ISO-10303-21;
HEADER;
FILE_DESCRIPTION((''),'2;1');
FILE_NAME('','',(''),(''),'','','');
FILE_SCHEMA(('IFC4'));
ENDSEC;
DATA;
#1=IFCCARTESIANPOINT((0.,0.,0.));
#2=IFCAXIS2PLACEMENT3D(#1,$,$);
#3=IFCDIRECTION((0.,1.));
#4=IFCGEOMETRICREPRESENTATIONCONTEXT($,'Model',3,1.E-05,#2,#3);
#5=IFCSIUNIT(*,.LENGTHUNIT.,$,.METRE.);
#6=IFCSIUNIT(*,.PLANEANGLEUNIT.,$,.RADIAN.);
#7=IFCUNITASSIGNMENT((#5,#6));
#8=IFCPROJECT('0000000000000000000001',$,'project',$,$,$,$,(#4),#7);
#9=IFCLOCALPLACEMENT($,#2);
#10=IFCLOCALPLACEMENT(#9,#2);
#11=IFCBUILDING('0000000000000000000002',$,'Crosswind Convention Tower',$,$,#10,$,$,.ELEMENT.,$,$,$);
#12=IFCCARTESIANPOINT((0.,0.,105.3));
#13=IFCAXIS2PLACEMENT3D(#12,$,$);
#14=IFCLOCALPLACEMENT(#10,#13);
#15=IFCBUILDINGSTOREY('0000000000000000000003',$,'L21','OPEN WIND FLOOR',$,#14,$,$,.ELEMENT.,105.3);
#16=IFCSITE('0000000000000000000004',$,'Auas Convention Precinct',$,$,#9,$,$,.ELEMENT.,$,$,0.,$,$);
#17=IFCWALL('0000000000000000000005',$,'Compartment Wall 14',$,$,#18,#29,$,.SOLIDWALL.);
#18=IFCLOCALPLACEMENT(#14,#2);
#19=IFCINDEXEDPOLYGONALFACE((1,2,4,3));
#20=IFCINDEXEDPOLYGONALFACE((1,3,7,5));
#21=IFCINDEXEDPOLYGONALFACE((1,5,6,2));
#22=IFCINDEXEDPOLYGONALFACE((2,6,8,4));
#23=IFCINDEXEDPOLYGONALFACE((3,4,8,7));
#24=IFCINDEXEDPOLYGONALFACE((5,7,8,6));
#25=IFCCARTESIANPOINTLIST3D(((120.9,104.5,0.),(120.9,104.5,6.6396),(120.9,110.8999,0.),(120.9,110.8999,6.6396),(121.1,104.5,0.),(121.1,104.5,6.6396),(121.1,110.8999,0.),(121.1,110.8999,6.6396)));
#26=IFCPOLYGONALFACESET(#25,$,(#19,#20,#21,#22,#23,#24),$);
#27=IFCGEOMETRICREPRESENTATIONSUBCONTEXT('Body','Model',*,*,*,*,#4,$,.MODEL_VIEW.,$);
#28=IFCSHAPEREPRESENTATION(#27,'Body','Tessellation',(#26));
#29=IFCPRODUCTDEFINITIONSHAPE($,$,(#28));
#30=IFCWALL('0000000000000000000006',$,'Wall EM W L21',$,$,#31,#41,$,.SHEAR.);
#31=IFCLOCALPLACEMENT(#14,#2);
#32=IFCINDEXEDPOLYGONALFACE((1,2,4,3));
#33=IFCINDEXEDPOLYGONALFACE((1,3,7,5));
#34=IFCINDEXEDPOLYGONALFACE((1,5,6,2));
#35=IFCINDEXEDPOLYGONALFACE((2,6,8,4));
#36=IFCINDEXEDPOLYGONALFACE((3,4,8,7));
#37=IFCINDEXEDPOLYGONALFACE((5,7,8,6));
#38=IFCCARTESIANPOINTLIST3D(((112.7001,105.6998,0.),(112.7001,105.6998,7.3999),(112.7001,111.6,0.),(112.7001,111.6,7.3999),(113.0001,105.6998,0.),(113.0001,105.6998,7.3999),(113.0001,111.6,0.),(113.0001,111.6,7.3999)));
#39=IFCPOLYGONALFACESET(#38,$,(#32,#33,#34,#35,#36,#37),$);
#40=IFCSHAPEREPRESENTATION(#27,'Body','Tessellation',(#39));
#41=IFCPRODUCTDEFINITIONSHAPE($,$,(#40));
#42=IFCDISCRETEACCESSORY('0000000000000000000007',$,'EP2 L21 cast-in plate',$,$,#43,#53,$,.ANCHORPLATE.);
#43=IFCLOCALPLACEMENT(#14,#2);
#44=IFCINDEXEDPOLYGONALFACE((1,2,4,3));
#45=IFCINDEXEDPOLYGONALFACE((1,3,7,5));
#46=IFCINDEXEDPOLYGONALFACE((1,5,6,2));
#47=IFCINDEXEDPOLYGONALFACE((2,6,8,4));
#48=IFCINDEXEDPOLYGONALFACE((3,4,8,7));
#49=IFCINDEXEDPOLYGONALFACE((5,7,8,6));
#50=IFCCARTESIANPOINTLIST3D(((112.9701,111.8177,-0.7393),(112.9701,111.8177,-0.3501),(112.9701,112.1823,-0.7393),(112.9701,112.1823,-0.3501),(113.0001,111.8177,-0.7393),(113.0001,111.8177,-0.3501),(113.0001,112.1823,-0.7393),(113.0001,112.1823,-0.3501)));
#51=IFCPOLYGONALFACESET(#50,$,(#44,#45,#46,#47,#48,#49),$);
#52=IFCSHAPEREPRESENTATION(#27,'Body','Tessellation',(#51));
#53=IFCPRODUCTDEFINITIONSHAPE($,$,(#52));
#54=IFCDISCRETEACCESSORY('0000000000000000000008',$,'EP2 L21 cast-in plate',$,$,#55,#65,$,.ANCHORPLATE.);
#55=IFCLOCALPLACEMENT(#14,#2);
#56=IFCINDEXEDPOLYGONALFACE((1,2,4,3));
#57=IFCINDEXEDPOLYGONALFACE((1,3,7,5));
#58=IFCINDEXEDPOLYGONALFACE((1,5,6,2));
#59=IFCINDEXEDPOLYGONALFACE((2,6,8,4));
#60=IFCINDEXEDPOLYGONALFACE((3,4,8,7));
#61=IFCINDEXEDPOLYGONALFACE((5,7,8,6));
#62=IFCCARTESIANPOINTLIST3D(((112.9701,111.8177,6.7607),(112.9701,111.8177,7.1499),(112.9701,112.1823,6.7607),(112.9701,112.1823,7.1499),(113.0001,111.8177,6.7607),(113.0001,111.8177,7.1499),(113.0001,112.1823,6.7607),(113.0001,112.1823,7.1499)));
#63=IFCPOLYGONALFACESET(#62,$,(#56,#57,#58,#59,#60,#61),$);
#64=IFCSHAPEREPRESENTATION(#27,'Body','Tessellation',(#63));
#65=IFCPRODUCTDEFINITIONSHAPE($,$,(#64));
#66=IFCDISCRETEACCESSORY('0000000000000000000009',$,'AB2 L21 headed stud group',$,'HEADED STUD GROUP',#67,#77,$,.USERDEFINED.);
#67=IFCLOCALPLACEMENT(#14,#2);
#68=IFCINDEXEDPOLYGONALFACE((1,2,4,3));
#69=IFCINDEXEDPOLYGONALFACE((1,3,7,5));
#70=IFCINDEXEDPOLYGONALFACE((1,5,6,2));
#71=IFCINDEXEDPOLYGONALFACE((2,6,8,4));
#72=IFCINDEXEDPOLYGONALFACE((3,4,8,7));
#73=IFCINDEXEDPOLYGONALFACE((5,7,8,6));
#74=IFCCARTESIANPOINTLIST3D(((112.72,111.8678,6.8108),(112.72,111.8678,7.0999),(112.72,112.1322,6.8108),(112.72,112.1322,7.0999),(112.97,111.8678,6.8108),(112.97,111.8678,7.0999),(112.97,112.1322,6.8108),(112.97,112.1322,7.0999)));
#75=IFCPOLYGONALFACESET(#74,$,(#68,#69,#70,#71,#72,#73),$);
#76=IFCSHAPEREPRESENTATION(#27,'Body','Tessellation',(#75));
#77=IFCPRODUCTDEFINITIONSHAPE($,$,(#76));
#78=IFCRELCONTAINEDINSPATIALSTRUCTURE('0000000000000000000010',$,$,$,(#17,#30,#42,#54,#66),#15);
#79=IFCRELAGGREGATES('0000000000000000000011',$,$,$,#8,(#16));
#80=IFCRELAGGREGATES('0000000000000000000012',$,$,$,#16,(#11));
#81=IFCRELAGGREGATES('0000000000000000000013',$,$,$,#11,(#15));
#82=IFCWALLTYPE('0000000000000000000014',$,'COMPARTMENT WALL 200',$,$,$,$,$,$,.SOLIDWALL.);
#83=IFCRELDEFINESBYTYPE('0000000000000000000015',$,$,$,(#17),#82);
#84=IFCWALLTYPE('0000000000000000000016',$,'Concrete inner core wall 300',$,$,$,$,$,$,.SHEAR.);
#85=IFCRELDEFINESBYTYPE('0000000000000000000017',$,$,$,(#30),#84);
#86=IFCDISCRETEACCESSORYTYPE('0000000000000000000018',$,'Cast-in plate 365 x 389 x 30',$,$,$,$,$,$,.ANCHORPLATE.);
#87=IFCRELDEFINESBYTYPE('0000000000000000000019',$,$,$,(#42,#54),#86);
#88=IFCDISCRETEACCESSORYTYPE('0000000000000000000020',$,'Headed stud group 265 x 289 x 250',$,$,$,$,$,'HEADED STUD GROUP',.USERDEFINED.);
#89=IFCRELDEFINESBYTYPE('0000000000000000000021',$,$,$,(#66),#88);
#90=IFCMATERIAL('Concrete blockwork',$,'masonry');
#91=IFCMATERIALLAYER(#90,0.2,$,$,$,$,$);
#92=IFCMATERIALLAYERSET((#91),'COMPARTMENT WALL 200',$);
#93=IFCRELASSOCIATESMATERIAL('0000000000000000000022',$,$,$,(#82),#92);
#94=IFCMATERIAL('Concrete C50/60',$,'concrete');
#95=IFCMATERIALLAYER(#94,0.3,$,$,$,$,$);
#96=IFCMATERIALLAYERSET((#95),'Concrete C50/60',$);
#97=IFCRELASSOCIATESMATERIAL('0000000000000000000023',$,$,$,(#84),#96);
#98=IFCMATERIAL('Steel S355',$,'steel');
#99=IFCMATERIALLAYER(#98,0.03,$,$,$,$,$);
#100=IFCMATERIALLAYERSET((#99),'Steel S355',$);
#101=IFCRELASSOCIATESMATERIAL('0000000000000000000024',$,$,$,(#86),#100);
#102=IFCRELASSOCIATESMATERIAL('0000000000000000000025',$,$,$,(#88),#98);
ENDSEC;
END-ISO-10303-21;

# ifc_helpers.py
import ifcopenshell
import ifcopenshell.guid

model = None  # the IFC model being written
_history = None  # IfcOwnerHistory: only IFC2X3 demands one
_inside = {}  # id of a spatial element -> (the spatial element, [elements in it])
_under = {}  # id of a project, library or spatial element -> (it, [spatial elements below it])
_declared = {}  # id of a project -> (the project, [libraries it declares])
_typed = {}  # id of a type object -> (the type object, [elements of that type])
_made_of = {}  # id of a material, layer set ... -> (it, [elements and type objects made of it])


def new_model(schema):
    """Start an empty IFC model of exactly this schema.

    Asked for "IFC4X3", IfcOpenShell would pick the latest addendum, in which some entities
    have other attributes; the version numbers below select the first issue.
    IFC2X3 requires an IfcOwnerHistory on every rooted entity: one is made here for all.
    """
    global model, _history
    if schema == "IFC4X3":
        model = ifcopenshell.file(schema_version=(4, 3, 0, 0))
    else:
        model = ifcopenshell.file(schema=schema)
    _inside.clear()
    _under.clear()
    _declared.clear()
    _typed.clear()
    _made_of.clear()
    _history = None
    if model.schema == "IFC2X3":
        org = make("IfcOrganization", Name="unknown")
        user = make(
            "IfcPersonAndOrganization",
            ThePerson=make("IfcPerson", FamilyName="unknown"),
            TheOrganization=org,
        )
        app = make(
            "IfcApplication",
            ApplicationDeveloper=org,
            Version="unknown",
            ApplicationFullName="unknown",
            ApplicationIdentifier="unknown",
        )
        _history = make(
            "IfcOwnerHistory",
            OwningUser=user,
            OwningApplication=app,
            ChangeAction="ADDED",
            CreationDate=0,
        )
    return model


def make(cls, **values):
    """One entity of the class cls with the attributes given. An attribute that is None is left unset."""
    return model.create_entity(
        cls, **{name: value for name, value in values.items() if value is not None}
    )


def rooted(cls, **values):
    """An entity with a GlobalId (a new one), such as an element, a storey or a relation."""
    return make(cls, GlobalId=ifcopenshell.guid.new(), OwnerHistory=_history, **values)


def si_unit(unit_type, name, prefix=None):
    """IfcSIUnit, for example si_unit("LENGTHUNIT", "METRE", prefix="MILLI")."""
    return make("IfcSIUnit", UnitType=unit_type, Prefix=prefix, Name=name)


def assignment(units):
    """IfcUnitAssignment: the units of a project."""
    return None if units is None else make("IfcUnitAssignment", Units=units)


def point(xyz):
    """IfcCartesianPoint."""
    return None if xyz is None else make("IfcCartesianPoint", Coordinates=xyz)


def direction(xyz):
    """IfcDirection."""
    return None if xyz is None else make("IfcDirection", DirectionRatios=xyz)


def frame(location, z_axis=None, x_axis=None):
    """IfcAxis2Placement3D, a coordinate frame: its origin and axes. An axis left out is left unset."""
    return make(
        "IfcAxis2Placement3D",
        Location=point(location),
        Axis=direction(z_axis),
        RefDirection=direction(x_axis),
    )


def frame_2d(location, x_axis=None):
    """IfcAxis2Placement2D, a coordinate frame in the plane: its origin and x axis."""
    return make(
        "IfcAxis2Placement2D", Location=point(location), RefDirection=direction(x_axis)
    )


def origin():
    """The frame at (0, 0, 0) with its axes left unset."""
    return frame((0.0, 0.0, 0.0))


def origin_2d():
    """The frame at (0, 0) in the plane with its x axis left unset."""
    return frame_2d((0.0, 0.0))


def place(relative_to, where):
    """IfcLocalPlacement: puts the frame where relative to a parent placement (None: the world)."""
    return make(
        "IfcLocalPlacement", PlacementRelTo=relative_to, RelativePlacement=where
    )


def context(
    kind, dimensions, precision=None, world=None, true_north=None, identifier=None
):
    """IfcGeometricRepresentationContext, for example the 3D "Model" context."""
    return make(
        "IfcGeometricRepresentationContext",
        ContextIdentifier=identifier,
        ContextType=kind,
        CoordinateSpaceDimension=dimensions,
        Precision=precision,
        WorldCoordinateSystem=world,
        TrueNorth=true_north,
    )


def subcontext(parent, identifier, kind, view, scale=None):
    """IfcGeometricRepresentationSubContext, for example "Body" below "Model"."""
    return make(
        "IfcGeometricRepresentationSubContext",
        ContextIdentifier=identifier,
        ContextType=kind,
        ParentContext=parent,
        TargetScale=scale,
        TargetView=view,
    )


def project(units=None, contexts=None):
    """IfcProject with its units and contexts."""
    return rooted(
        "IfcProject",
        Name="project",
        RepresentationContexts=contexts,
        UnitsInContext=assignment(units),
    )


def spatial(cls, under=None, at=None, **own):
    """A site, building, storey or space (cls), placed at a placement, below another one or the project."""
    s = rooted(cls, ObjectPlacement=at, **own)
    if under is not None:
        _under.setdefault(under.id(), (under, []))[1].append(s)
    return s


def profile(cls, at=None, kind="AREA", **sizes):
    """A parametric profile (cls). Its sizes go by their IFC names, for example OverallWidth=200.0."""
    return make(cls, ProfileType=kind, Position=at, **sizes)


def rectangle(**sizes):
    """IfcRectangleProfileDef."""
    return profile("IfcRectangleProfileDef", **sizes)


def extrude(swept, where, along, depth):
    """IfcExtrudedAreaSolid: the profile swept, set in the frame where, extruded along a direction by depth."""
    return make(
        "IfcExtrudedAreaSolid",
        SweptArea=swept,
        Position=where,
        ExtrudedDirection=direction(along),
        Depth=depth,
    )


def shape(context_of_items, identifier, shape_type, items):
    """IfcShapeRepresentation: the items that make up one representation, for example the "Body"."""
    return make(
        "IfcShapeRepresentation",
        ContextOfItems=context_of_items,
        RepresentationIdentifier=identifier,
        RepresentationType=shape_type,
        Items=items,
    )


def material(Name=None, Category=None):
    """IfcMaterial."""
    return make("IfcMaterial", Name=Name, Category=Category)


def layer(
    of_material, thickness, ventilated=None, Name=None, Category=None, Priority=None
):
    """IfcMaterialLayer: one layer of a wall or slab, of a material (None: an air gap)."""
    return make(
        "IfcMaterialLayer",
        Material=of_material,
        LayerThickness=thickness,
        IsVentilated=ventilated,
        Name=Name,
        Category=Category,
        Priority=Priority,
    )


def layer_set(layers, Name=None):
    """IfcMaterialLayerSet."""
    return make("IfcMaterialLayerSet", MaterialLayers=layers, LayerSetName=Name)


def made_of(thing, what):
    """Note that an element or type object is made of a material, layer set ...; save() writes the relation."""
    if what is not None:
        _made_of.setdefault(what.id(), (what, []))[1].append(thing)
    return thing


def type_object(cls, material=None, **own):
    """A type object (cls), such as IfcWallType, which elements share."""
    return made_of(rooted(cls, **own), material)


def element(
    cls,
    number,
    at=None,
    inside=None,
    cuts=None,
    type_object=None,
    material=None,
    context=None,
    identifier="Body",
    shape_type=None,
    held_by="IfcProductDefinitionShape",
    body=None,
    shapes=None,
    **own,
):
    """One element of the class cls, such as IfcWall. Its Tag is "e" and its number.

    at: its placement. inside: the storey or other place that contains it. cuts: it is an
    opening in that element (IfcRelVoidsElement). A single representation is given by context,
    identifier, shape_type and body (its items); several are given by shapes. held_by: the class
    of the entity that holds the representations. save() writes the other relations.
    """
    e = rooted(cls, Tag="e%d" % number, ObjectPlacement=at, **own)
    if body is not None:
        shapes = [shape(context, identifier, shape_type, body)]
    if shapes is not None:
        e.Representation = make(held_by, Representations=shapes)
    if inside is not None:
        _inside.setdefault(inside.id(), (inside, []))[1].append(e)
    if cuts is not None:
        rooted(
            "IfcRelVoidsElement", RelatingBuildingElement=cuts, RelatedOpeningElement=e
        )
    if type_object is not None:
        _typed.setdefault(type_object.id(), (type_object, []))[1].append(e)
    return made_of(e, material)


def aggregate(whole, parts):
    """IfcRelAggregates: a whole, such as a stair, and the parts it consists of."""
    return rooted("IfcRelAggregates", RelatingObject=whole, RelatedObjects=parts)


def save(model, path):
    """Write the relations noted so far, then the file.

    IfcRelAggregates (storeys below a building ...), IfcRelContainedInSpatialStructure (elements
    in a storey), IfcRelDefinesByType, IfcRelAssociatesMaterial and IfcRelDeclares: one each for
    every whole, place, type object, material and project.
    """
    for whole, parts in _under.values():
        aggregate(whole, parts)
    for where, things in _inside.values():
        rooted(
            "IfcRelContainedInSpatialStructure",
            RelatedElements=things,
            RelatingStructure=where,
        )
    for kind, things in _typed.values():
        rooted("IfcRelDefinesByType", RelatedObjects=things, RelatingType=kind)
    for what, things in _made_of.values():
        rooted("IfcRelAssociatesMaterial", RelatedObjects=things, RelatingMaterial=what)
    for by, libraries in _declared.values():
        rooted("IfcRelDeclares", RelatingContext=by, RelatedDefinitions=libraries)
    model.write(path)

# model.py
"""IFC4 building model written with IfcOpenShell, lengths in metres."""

from ifc_helpers import new_model, si_unit, direction, frame, frame_2d, origin, origin_2d, place, context, subcontext, project, spatial, rectangle, extrude, material, layer, layer_set, type_object, element, save


model = new_model("IFC4")

# Units and contexts
model_context = context("Model", 3, precision=1e-05, world=origin(), true_north=direction((0.0, 1.0)))
body_context = subcontext(model_context, "Body", "Model", "MODEL_VIEW")
ifc_project = project(units=[si_unit("LENGTHUNIT", "METRE"), si_unit("PLANEANGLEUNIT", "RADIAN")], contexts=[model_context])

# Site, building, storey
site_placement = place(None, origin())
site = spatial("IfcSite", under=ifc_project, at=site_placement, Name="Auas Convention Precinct", CompositionType="ELEMENT", RefElevation=0.0)
building_placement = place(site_placement, origin())
building = spatial("IfcBuilding", under=site, at=building_placement, Name="Crosswind Convention Tower", CompositionType="ELEMENT")
storey_placement = place(building_placement, frame((0.0, 0.0, 105.3)))
storey = spatial("IfcBuildingStorey", under=building, at=storey_placement, Name="L21", Description="OPEN WIND FLOOR", CompositionType="ELEMENT", Elevation=105.3)

# Shared definitions
ifc_material_1 = material(Name="Steel S355", Category="steel")

# Shared definitions
ifc_material_2 = material(Name="Concrete blockwork", Category="masonry")
ifc_layer_1 = layer(ifc_material_2, 0.2)
ifc_layer_set_1 = layer_set([ifc_layer_1], Name="COMPARTMENT WALL 200")
wall_type_1 = type_object("IfcWallType", Name="COMPARTMENT WALL 200", PredefinedType="SOLIDWALL", material=ifc_layer_set_1)

# Wall
wall_1_placement = place(storey_placement, frame((121.0, 104.5, 0.0), z_axis=(0.0, 0.0, 1.0), x_axis=(0.0, 1.0, 0.0)))
element("IfcWall", 1, at=wall_1_placement, inside=storey, type_object=wall_type_1, Name="Compartment Wall 14", PredefinedType="SOLIDWALL", context=body_context, shape_type="SweptSolid", body=[
    extrude(rectangle(XDim=6.3999, YDim=0.2, at=frame_2d((3.2, 0.0))), origin(), (0.0, 0.0, 1.0), 6.6396),
])

# Shared definitions
ifc_material_3 = material(Name="Concrete C50/60", Category="concrete")
ifc_layer_2 = layer(ifc_material_3, 0.3)
ifc_layer_set_2 = layer_set([ifc_layer_2], Name="Concrete C50/60")
wall_type_2 = type_object("IfcWallType", Name="Concrete inner core wall 300", PredefinedType="SHEAR", material=ifc_layer_set_2)

# Wall
wall_2_placement = place(storey_placement, frame((112.8501, 111.6001, 0.0), z_axis=(0.0, 0.0, 1.0), x_axis=(0.0, -1.0, 0.0)))
element("IfcWall", 2, at=wall_2_placement, inside=storey, type_object=wall_type_2, Name="Wall EM W L21", PredefinedType="SHEAR", context=body_context, shape_type="SweptSolid", body=[
    extrude(rectangle(XDim=5.9001, YDim=0.3, at=frame_2d((2.9502, 0.0))), origin(), (0.0, 0.0, 1.0), 7.3999),
])

# Discrete accessories
ifc_layer_3 = layer(ifc_material_1, 0.03)
ifc_layer_set_3 = layer_set([ifc_layer_3], Name="Steel S355")
discrete_accessory_type_1 = type_object("IfcDiscreteAccessoryType", Name="Cast-in plate 365 x 389 x 30", PredefinedType="ANCHORPLATE", material=ifc_layer_set_3)
for number, where, z_axis, x_axis, name in (
    (3, (112.9851, 112.0, -0.7393), (0.0, 0.0, 1.0), (1.0, 0.0, 0.0), "EP2 L21 cast-in plate"),
    (4, (112.9851, 112.0, 6.7607), (0.0, 0.0, 1.0), (1.0, 0.0, 0.0), "EP2 L21 cast-in plate"),
):
    element("IfcDiscreteAccessory", number, at=place(storey_placement, frame(where, z_axis=z_axis, x_axis=x_axis)), inside=storey, type_object=discrete_accessory_type_1, Name=name, PredefinedType="ANCHORPLATE", context=body_context, shape_type="SweptSolid", body=[
        extrude(rectangle(XDim=0.03, YDim=0.3645, at=origin_2d()), origin(), (0.0, 0.0, 1.0), 0.3892),
    ])
discrete_accessory_type_2 = type_object("IfcDiscreteAccessoryType", Name="Headed stud group 265 x 289 x 250", ElementType="HEADED STUD GROUP", PredefinedType="USERDEFINED", material=ifc_material_1)
discrete_accessory_placement = place(storey_placement, frame((112.845, 112.0, 6.8108), z_axis=(0.0, 0.0, 1.0), x_axis=(1.0, 0.0, 0.0)))
element("IfcDiscreteAccessory", 5, at=discrete_accessory_placement, inside=storey, type_object=discrete_accessory_type_2, Name="AB2 L21 headed stud group", ObjectType="HEADED STUD GROUP", PredefinedType="USERDEFINED", context=body_context, shape_type="SweptSolid", body=[
    extrude(rectangle(XDim=0.25, YDim=0.2644, at=origin_2d()), origin(), (0.0, 0.0, 1.0), 0.2891),
])

save(model, "model.ifc")
